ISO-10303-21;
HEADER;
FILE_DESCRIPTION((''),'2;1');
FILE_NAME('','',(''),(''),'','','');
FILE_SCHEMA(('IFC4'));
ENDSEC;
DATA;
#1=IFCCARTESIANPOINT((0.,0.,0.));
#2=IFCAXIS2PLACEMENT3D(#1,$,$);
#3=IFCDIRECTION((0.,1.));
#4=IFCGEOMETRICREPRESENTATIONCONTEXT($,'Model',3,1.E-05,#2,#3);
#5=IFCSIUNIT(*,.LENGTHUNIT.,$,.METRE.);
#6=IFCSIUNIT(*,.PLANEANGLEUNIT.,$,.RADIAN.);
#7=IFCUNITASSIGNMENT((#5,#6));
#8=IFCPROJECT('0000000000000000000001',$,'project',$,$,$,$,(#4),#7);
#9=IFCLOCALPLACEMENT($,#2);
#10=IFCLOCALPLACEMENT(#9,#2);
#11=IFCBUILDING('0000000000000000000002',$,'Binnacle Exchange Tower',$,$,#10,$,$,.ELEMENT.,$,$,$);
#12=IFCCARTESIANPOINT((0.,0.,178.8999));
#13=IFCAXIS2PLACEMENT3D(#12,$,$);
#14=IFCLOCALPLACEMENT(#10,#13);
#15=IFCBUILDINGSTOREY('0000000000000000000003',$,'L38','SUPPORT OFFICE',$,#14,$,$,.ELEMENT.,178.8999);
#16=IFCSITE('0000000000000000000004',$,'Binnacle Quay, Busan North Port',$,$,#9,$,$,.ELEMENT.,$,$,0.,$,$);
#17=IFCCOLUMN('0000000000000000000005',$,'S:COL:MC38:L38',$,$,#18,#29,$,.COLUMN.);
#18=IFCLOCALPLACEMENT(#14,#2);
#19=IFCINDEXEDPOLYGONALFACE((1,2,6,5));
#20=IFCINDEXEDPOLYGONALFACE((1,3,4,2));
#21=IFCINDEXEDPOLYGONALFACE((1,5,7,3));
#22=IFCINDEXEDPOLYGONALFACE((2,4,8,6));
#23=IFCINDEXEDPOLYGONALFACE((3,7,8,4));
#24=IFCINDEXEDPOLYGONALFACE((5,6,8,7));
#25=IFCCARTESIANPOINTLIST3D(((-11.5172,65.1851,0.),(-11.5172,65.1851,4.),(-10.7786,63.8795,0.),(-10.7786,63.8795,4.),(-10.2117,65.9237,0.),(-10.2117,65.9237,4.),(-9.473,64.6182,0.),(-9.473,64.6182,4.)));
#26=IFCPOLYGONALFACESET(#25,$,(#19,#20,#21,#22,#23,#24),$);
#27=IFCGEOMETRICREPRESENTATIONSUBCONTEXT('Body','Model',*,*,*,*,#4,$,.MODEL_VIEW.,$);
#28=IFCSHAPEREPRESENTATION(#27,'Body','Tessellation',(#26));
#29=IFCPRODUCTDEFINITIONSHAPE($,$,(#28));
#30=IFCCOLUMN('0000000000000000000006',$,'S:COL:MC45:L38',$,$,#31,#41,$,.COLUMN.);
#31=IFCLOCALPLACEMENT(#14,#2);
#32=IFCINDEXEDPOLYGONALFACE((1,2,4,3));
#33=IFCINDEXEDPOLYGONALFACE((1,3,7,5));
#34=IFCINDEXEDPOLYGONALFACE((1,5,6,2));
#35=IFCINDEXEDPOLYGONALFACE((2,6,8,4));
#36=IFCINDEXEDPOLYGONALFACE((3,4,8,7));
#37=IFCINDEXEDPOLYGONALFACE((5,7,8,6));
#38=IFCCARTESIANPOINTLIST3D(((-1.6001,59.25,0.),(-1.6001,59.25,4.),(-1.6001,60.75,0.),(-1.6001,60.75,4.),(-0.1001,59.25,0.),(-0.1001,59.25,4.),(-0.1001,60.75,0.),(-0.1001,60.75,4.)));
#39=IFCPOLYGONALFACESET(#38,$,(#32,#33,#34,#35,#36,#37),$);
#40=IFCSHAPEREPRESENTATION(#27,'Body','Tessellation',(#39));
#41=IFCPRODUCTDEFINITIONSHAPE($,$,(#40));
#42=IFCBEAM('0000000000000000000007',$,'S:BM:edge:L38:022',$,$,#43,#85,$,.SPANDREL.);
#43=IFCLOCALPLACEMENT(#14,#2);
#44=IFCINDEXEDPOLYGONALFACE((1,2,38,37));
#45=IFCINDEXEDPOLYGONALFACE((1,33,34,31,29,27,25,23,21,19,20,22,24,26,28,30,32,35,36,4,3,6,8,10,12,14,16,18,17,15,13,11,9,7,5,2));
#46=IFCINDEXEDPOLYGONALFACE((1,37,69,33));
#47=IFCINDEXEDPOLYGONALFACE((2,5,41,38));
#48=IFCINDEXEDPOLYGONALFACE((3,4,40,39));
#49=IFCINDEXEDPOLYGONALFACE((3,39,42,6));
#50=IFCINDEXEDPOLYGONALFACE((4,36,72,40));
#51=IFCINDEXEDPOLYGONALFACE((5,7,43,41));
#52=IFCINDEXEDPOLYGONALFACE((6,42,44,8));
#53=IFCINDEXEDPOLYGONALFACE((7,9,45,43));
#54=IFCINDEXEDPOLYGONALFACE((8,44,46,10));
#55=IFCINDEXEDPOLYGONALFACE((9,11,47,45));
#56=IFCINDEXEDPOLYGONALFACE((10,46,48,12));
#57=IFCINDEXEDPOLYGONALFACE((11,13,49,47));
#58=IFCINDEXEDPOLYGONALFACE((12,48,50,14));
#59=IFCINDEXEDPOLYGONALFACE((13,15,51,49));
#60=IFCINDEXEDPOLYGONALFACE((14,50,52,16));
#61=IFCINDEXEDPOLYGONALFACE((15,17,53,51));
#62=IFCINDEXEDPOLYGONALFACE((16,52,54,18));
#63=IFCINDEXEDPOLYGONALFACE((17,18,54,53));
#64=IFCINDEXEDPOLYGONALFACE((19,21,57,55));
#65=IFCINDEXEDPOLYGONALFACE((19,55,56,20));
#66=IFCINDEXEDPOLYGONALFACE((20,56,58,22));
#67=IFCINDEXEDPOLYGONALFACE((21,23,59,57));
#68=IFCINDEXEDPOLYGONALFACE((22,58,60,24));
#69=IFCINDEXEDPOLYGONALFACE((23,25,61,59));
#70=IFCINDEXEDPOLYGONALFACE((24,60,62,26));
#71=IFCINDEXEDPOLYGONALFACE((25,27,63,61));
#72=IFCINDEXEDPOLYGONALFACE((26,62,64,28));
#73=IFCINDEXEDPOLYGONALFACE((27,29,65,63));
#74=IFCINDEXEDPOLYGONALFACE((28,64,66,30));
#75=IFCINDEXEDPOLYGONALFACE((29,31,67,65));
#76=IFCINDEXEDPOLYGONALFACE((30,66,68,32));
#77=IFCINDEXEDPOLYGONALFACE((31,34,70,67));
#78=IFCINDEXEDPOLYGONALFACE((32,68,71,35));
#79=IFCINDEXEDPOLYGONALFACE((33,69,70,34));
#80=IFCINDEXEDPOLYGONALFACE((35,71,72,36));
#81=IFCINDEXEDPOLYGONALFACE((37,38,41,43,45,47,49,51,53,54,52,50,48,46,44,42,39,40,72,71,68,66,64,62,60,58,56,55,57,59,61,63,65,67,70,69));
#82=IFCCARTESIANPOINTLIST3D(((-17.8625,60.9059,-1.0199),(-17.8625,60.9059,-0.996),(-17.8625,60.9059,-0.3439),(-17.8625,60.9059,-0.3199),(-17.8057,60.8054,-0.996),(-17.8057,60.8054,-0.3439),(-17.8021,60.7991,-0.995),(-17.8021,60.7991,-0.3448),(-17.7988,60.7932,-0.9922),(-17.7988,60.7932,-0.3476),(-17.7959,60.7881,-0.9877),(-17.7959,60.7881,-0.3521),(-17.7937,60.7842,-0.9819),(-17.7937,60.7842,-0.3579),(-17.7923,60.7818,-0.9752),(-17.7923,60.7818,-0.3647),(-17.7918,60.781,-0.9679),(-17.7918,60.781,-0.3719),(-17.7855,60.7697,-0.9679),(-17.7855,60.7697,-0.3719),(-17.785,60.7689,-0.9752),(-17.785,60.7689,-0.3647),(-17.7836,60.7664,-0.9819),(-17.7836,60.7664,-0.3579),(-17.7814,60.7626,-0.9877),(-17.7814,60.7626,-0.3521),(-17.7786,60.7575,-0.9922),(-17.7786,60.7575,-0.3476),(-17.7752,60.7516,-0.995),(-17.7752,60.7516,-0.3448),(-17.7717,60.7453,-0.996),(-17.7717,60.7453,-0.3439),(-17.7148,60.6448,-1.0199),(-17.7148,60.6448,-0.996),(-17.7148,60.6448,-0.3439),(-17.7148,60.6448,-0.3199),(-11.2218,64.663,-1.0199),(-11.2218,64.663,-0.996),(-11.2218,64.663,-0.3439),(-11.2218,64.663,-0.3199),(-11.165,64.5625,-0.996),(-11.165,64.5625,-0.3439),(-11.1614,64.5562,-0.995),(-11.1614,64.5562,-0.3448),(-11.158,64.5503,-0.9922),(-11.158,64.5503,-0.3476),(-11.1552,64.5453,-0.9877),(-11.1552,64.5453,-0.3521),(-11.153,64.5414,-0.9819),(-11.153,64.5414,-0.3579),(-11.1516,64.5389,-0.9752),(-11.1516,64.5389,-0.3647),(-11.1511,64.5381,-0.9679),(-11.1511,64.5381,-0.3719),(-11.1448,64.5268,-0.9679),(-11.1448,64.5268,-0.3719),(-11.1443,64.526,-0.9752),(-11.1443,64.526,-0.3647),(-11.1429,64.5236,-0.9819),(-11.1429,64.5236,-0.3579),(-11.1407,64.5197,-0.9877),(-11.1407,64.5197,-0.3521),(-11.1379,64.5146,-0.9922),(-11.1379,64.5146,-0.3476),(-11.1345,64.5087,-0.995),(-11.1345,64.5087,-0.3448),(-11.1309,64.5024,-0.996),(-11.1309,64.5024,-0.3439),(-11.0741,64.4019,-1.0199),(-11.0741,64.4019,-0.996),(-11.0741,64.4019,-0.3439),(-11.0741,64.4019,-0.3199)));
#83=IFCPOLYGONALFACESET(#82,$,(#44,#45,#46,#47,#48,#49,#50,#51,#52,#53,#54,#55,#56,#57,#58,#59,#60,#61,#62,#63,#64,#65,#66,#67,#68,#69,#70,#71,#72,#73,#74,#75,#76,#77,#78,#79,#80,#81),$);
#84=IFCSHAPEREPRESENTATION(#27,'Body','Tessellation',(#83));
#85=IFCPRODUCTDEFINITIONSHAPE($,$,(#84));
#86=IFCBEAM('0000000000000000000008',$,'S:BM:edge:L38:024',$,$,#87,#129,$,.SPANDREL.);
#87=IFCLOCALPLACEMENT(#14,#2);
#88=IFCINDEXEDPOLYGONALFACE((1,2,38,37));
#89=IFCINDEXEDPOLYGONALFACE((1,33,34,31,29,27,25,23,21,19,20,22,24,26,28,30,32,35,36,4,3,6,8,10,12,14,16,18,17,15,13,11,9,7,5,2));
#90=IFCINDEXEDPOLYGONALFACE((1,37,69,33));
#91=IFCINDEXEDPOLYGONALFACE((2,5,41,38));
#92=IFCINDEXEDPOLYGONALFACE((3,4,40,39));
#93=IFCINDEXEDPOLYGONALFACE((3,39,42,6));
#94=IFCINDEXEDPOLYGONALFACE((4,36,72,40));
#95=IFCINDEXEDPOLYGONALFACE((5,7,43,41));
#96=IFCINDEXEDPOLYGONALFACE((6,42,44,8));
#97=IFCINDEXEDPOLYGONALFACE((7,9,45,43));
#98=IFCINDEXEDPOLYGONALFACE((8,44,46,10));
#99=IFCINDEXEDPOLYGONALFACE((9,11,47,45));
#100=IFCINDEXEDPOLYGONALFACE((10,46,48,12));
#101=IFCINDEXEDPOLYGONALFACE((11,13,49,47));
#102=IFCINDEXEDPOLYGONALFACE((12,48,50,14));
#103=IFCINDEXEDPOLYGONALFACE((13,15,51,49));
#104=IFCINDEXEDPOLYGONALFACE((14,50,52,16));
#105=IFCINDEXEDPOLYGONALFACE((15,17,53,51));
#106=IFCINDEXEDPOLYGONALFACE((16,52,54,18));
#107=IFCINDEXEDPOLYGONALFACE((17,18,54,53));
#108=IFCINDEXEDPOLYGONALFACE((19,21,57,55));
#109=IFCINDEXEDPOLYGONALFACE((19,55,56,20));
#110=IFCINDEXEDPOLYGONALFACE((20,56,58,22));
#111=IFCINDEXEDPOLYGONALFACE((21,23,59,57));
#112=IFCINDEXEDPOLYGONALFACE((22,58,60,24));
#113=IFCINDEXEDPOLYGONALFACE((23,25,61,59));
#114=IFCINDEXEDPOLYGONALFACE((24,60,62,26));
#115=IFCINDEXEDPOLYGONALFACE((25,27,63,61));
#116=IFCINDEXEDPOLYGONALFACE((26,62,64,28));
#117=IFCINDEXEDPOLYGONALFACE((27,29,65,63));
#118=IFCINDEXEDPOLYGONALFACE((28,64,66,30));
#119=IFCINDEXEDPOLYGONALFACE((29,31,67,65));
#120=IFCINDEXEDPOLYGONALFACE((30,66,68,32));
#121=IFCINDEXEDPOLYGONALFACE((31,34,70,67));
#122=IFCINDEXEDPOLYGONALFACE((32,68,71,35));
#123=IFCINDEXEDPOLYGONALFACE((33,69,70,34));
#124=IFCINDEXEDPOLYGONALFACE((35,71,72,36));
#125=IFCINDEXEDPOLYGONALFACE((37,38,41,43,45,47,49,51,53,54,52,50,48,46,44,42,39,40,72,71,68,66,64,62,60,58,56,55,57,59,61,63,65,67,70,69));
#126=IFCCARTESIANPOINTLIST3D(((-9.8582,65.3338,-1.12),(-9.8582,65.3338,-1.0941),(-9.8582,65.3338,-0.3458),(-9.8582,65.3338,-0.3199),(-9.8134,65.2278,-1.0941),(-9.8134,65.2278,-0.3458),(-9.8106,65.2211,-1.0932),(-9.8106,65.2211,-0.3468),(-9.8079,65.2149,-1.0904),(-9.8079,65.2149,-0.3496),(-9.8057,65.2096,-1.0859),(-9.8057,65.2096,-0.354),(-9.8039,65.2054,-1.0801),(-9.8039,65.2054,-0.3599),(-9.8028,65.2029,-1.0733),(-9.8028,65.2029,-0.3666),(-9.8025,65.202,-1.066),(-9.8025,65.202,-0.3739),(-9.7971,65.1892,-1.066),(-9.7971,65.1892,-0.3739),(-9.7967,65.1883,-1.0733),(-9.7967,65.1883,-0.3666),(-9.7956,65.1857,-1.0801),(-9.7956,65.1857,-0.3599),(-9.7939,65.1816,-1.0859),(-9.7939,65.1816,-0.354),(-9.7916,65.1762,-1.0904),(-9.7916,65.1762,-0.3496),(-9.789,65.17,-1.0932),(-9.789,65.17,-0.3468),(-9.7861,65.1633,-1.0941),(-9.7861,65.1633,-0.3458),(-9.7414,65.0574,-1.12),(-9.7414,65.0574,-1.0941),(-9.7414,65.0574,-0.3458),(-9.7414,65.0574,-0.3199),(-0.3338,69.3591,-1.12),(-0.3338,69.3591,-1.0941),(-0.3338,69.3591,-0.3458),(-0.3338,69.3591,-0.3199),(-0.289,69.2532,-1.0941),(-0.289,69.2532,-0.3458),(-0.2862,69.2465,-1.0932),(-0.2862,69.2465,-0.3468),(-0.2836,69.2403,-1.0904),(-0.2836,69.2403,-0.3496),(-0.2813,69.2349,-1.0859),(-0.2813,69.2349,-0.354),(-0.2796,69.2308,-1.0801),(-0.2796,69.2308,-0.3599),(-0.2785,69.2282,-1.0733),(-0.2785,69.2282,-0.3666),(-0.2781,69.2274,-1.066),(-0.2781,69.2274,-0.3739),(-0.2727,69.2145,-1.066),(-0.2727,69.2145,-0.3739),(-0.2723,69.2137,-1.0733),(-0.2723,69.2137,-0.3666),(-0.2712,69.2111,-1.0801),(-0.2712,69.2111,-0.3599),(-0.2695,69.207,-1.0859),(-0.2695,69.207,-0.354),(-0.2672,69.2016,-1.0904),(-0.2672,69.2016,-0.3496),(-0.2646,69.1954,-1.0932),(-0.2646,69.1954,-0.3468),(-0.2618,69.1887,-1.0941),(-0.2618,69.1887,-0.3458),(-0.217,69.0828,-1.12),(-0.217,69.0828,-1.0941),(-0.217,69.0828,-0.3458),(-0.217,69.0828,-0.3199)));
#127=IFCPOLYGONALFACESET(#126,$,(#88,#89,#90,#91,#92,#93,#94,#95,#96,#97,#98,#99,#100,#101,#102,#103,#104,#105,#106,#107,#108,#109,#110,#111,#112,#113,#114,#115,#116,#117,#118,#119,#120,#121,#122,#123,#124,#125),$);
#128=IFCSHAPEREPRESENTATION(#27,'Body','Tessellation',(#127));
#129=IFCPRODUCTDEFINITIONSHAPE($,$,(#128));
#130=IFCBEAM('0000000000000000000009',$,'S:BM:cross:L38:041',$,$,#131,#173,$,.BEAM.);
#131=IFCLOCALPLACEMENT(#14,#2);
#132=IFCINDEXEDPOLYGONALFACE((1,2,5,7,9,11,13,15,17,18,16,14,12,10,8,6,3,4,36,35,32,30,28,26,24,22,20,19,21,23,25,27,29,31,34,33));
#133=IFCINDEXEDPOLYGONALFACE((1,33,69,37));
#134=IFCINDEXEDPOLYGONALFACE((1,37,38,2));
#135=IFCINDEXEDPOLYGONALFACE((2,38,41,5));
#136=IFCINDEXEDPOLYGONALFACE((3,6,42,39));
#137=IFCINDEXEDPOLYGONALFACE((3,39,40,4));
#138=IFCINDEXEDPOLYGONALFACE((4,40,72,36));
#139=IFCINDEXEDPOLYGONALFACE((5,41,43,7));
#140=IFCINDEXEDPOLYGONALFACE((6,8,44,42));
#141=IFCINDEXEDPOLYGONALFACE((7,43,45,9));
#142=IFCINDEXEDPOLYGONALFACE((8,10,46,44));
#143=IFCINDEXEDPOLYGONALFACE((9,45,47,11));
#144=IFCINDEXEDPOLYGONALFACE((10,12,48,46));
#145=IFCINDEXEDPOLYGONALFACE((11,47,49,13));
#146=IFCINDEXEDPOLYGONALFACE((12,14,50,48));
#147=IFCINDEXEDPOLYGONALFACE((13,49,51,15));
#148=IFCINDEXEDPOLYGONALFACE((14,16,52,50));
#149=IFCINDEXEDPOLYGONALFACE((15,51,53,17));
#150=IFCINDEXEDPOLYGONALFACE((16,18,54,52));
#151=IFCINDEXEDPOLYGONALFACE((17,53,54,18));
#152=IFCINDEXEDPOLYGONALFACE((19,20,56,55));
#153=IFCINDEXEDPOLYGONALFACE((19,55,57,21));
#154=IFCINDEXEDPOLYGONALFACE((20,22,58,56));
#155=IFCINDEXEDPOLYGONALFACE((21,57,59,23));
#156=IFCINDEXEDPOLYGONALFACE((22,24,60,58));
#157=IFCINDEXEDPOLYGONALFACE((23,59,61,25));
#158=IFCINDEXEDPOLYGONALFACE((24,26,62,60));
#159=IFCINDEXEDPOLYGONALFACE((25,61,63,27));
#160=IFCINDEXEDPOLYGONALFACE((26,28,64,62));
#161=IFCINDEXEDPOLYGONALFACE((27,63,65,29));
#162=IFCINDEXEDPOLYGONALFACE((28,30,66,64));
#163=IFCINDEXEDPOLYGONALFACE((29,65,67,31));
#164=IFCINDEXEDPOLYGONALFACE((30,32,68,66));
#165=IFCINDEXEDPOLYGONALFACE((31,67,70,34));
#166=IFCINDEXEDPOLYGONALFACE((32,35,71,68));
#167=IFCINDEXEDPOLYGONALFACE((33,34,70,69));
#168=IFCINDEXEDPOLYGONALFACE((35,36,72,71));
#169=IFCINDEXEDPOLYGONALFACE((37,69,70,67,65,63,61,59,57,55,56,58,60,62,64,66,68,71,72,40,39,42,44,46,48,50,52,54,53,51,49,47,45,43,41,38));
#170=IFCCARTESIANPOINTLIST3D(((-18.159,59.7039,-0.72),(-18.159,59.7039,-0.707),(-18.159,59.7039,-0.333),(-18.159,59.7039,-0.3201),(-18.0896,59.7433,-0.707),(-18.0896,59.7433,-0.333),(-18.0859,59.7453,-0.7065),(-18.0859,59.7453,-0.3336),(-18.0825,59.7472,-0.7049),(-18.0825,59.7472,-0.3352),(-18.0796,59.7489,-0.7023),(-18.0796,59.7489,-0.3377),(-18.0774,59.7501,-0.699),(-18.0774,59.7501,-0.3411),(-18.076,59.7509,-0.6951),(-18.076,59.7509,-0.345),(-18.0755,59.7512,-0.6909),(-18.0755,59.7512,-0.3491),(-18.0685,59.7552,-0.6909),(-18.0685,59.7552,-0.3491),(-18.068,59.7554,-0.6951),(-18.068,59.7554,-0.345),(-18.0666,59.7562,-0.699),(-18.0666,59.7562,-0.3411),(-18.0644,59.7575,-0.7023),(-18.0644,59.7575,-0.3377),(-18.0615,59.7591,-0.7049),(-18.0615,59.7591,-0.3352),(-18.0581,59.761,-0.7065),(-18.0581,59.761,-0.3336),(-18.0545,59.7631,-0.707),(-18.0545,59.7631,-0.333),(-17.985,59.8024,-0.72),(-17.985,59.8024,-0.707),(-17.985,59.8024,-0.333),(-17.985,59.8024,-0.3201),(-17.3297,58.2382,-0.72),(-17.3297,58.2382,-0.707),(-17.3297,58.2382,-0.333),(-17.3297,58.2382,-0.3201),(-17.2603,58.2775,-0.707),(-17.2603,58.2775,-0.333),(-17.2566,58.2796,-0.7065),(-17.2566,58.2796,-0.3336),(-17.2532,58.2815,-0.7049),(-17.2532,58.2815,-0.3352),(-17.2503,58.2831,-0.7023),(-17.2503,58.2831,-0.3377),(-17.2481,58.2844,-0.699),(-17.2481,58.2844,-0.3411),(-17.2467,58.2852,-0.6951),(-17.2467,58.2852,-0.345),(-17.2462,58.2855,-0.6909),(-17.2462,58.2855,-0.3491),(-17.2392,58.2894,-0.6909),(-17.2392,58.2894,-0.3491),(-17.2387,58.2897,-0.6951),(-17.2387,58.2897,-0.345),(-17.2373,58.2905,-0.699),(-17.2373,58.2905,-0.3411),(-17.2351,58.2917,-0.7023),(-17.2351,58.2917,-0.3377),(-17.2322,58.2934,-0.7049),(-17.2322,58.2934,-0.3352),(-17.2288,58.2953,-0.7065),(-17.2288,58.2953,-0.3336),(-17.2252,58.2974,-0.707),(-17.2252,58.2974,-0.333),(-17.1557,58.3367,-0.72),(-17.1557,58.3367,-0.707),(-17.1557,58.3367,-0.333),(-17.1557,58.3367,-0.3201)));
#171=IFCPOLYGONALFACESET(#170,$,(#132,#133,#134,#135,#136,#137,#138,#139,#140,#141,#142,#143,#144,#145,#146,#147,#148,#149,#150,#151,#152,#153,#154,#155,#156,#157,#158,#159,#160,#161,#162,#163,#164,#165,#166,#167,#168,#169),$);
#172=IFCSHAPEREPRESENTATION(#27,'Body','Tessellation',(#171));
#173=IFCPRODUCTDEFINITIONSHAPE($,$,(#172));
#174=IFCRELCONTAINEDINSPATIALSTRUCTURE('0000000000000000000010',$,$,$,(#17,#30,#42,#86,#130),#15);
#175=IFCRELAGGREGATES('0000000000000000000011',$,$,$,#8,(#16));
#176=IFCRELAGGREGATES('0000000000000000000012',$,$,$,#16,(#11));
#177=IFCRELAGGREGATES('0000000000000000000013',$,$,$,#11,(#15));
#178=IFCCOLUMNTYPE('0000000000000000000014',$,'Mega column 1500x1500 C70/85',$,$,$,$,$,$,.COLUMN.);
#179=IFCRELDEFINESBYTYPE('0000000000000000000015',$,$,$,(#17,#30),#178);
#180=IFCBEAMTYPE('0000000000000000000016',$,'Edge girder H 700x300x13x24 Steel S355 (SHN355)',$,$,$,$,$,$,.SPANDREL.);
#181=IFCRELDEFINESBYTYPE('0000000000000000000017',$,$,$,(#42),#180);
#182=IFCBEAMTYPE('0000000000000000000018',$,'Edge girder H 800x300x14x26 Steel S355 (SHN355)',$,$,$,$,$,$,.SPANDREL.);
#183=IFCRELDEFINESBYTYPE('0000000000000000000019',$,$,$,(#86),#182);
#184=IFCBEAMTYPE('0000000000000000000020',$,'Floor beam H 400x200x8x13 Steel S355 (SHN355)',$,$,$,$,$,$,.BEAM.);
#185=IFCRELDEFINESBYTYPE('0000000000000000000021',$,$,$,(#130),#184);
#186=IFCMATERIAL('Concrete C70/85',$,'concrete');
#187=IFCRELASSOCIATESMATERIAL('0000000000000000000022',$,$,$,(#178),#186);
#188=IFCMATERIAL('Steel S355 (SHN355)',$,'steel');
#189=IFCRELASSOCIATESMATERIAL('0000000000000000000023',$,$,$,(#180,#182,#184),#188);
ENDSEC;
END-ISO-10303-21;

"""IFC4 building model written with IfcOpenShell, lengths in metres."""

from ifc_helpers import new_model, si_unit, direction, frame, origin, origin_2d, place, context, subcontext, project, spatial, rectangle, i_section, extrude, material, material_profile, profile_set, type_object, element, save


model = new_model("IFC4")

# Units and contexts
model_context = context("Model", 3, precision=1e-05, world=origin(), true_north=direction((0.0, 1.0)))
body_context = subcontext(model_context, "Body", "Model", "MODEL_VIEW")
ifc_project = project(units=[si_unit("LENGTHUNIT", "METRE"), si_unit("PLANEANGLEUNIT", "RADIAN")], contexts=[model_context])

# Site, building, storey
site_placement = place(None, origin())
site = spatial("IfcSite", under=ifc_project, at=site_placement, Name="Binnacle Quay, Busan North Port", CompositionType="ELEMENT", RefElevation=0.0)
building_placement = place(site_placement, origin())
building = spatial("IfcBuilding", under=site, at=building_placement, Name="Binnacle Exchange Tower", CompositionType="ELEMENT")
storey_placement = place(building_placement, frame((0.0, 0.0, 178.8999)))
storey = spatial("IfcBuildingStorey", under=building, at=storey_placement, Name="L38", Description="SUPPORT OFFICE", CompositionType="ELEMENT", Elevation=178.8999)

# Columns
ifc_material_1 = material(Name="Concrete C70/85", Category="concrete")
ifc_material_profile_1 = material_profile(ifc_material_1, rectangle(XDim=1.5, YDim=1.5, at=origin_2d()), Name="Mega column 1500x1500 C70/85")
ifc_profile_set_1 = profile_set([ifc_material_profile_1], Name="Concrete C70/85")
column_type = type_object("IfcColumnType", Name="Mega column 1500x1500 C70/85", PredefinedType="COLUMN", material=ifc_profile_set_1)
for number, where, z_axis, x_axis, name in (
    (1, (-10.4951, 64.9016, 0.0), (0.0, 0.0, 1.0), (-0.870356, -0.492424, 0.0), "S:COL:MC38:L38"),
    (2, (-0.8501, 60.0, 0.0), (0.0, 0.0, 1.0), (0.0, 1.0, 0.0), "S:COL:MC45:L38"),
):
    element("IfcColumn", number, at=place(storey_placement, frame(where, z_axis=z_axis, x_axis=x_axis)), inside=storey, type_object=column_type, Name=name, PredefinedType="COLUMN", context=body_context, shape_type="SweptSolid", body=[
        extrude(rectangle(XDim=1.5, YDim=1.5, at=origin_2d()), origin(), (0.0, 0.0, 1.0), 4.0),
    ])

# Beams
ifc_material_2 = material(Name="Steel S355 (SHN355)", Category="steel")
ifc_material_profile_2 = material_profile(ifc_material_2, i_section(OverallWidth=0.3, OverallDepth=0.7, WebThickness=0.0129, FlangeThickness=0.0239, FilletRadius=0.0281, at=origin_2d()), Name="H 700x300x13x24")
ifc_profile_set_2 = profile_set([ifc_material_profile_2], Name="Steel S355 (SHN355)")
beam_type_1 = type_object("IfcBeamType", Name="Edge girder H 700x300x13x24 Steel S355 (SHN355)", PredefinedType="SPANDREL", material=ifc_profile_set_2)
beam_1_placement = place(storey_placement, frame((-11.1479, 64.5325, -0.6699), z_axis=(-0.870356, -0.492423, 0.0), x_axis=(0.492423, -0.870356, 0.0)))
element("IfcBeam", 3, at=beam_1_placement, inside=storey, type_object=beam_type_1, Name="S:BM:edge:L38:022", PredefinedType="SPANDREL", context=body_context, shape_type="SweptSolid", body=[
    extrude(i_section(OverallWidth=0.3, OverallDepth=0.7, WebThickness=0.0129, FlangeThickness=0.0239, FilletRadius=0.0281, at=origin_2d()), origin(), (0.0, 0.0, 1.0), 7.6299),
])
ifc_material_profile_3 = material_profile(ifc_material_2, i_section(OverallWidth=0.3, OverallDepth=0.8, WebThickness=0.0139, FlangeThickness=0.0259, FilletRadius=0.0281, at=origin_2d()), Name="H 800x300x14x26")
ifc_profile_set_3 = profile_set([ifc_material_profile_3], Name="Steel S355 (SHN355)")
beam_type_2 = type_object("IfcBeamType", Name="Edge girder H 800x300x14x26 Steel S355 (SHN355)", PredefinedType="SPANDREL", material=ifc_profile_set_3)
beam_2_placement = place(storey_placement, frame((-0.2754, 69.2209, -0.72), z_axis=(-0.921112, -0.389298, 0.0), x_axis=(0.389298, -0.921112, 0.0)))
element("IfcBeam", 4, at=beam_2_placement, inside=storey, type_object=beam_type_2, Name="S:BM:edge:L38:024", PredefinedType="SPANDREL", context=body_context, shape_type="SweptSolid", body=[
    extrude(i_section(OverallWidth=0.3, OverallDepth=0.8, WebThickness=0.0139, FlangeThickness=0.0259, FilletRadius=0.0281, at=origin_2d()), origin(), (0.0, 0.0, 1.0), 10.3401),
])
ifc_material_profile_4 = material_profile(ifc_material_2, i_section(OverallWidth=0.2, OverallDepth=0.3999, WebThickness=0.0081, FlangeThickness=0.0129, FilletRadius=0.0161, at=origin_2d()), Name="H 400x200x8x13")
ifc_profile_set_4 = profile_set([ifc_material_profile_4], Name="Steel S355 (SHN355)")
beam_type_3 = type_object("IfcBeamType", Name="Floor beam H 400x200x8x13 Steel S355 (SHN355)", PredefinedType="BEAM", material=ifc_profile_set_4)
beam_3_placement = place(storey_placement, frame((-18.072, 59.7532, -0.52), z_axis=(0.492435, -0.870349, 0.0), x_axis=(0.870349, 0.492435, 0.0)))
element("IfcBeam", 5, at=beam_3_placement, inside=storey, type_object=beam_type_3, Name="S:BM:cross:L38:041", PredefinedType="BEAM", context=body_context, shape_type="SweptSolid", body=[
    extrude(i_section(OverallWidth=0.2, OverallDepth=0.3999, WebThickness=0.0081, FlangeThickness=0.0129, FilletRadius=0.0161, at=origin_2d()), origin(), (0.0, 0.0, 1.0), 1.6841),
])

save(model, "model.ifc")
